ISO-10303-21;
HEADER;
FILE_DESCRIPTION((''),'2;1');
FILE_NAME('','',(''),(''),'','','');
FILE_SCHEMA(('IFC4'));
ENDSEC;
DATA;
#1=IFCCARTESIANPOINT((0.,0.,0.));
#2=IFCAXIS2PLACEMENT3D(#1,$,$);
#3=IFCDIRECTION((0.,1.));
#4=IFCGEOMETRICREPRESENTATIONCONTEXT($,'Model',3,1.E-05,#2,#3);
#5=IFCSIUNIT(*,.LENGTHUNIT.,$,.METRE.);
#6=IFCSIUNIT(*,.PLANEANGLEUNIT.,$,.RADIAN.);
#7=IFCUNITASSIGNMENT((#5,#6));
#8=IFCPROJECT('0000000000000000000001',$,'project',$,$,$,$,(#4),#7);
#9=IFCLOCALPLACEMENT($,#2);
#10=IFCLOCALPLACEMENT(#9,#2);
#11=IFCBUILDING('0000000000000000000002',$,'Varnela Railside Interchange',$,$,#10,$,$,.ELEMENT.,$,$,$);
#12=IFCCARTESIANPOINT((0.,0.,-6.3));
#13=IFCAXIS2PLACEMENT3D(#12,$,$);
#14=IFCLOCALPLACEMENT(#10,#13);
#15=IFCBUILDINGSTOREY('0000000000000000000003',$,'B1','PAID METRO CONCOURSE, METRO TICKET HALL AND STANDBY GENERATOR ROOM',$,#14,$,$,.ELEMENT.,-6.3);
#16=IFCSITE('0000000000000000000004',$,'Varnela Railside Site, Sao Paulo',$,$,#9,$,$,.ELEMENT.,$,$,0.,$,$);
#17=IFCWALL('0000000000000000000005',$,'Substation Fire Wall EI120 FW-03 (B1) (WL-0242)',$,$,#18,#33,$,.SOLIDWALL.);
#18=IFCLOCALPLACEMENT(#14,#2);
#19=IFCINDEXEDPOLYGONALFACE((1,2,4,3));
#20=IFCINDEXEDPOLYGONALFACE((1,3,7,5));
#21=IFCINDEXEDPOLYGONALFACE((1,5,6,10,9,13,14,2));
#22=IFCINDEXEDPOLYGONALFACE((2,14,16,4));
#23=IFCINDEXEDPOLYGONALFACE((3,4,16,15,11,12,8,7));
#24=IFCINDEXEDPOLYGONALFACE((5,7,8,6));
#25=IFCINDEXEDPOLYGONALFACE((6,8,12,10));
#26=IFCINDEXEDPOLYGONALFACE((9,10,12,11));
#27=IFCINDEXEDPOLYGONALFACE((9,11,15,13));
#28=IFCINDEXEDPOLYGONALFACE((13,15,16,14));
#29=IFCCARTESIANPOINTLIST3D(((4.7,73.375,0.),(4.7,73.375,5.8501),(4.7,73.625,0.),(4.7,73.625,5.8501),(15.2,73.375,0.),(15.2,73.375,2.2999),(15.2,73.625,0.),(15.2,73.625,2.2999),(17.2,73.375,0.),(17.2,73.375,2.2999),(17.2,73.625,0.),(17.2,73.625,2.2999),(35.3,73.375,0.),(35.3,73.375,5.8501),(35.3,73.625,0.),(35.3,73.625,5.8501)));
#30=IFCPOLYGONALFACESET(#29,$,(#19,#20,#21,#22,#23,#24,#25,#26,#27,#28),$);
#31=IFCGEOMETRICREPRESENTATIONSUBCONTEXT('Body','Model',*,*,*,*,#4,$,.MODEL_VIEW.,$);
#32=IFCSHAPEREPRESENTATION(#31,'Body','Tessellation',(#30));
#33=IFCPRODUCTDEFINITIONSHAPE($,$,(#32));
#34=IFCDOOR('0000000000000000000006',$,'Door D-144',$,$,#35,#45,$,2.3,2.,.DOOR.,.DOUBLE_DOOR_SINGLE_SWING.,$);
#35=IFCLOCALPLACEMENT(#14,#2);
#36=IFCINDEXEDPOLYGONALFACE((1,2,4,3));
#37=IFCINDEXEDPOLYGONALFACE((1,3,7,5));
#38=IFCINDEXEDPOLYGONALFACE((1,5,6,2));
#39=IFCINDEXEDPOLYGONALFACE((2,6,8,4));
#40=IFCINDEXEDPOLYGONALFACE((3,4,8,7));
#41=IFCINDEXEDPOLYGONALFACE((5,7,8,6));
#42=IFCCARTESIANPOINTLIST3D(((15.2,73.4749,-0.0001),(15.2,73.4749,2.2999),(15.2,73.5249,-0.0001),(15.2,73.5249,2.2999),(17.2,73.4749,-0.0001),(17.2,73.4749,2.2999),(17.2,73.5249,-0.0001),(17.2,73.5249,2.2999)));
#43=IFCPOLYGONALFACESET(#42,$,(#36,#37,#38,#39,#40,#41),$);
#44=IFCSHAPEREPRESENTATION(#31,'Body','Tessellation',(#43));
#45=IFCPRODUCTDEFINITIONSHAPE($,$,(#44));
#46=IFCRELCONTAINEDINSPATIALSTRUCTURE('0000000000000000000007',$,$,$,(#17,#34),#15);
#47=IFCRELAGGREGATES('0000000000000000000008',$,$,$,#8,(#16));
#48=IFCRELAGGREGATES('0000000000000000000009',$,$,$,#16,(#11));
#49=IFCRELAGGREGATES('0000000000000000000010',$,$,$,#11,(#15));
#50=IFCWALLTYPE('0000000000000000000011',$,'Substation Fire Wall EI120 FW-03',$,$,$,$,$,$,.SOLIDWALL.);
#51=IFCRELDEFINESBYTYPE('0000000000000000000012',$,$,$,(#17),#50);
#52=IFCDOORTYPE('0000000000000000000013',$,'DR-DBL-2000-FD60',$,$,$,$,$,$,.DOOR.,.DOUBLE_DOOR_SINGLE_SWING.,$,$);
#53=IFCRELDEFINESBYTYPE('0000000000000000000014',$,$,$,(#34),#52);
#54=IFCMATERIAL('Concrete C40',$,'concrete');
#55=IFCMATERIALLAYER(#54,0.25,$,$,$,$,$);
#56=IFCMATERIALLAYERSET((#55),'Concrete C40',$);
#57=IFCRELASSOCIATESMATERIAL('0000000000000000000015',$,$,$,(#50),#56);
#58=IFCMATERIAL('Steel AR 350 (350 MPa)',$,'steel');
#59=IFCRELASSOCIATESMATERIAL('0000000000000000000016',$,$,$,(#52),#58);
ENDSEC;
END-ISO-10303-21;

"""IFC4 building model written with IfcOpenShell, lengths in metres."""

from ifc_helpers import new_model, si_unit, direction, frame, frame_2d, origin, place, context, subcontext, project, spatial, rectangle, extrude, material, layer, layer_set, type_object, element, fill, save


model = new_model("IFC4")

# Units and contexts
model_context = context("Model", 3, precision=1e-05, world=origin(), true_north=direction((0.0, 1.0)))
body_context = subcontext(model_context, "Body", "Model", "MODEL_VIEW")
ifc_project = project(units=[si_unit("LENGTHUNIT", "METRE"), si_unit("PLANEANGLEUNIT", "RADIAN")], contexts=[model_context])

# Site, building, storey
site_placement = place(None, origin())
site = spatial("IfcSite", under=ifc_project, at=site_placement, Name="Varnela Railside Site, Sao Paulo", CompositionType="ELEMENT", RefElevation=0.0)
building_placement = place(site_placement, origin())
building = spatial("IfcBuilding", under=site, at=building_placement, Name="Varnela Railside Interchange", CompositionType="ELEMENT")
storey_placement = place(building_placement, frame((0.0, 0.0, -6.3)))
storey = spatial("IfcBuildingStorey", under=building, at=storey_placement, Name="B1", Description="PAID METRO CONCOURSE, METRO TICKET HALL AND STANDBY GENERATOR ROOM", CompositionType="ELEMENT", Elevation=-6.3)

# Shared definitions
ifc_material_1 = material(Name="Concrete C40", Category="concrete")

# Wall, opening, door
ifc_layer_1 = layer(ifc_material_1, 0.25)
ifc_layer_set_1 = layer_set([ifc_layer_1], Name="Concrete C40")
wall_type_1 = type_object("IfcWallType", Name="Substation Fire Wall EI120 FW-03", PredefinedType="SOLIDWALL", material=ifc_layer_set_1)
wall_1_placement = place(storey_placement, frame((4.7, 73.5, 0.0), z_axis=(0.0, 0.0, 1.0), x_axis=(1.0, 0.0, 0.0)))
wall_1 = element("IfcWall", 1, at=wall_1_placement, inside=storey, type_object=wall_type_1, Name="Substation Fire Wall EI120 FW-03 (B1) (WL-0242)", PredefinedType="SOLIDWALL", context=body_context, shape_type="SweptSolid", body=[
    extrude(rectangle(XDim=30.6001, YDim=0.25, at=frame_2d((15.3, 0.0))), origin(), (0.0, 0.0, 1.0), 5.8501),
])
opening_placement = place(wall_1_placement, frame((10.5, 0.0, 0.0)))
opening = element("IfcOpeningElement", 2, at=opening_placement, cuts=wall_1, PredefinedType="OPENING", context=body_context, shape_type="SweptSolid", body=[
    extrude(rectangle(XDim=2.0, YDim=2.3, at=frame_2d((1.0, 1.1499))), frame((0.0, 0.135, 0.0), z_axis=(0.0, -1.0, 0.0), x_axis=(1.0, 0.0, 0.0)), (0.0, 0.0, 1.0), 0.27),
])
ifc_material_2 = material(Name="Steel AR 350 (350 MPa)", Category="steel")
door_type = type_object("IfcDoorType", Name="DR-DBL-2000-FD60", OperationType="DOUBLE_DOOR_SINGLE_SWING", PredefinedType="DOOR", material=ifc_material_2)
door_placement = place(opening_placement, origin())
door = element("IfcDoor", 3, at=door_placement, inside=storey, type_object=door_type, Name="Door D-144", OperationType="DOUBLE_DOOR_SINGLE_SWING", OverallHeight=2.3, OverallWidth=2.0, PredefinedType="DOOR", context=body_context, shape_type="SweptSolid", body=[
    extrude(rectangle(XDim=2.0, YDim=2.3, at=frame_2d((1.0, 1.1499))), frame((0.0, 0.0249, 0.0), z_axis=(0.0, -1.0, 0.0), x_axis=(1.0, 0.0, 0.0)), (0.0, 0.0, 1.0), 0.05),
])
fill(opening, door)

save(model, "model.ifc")
